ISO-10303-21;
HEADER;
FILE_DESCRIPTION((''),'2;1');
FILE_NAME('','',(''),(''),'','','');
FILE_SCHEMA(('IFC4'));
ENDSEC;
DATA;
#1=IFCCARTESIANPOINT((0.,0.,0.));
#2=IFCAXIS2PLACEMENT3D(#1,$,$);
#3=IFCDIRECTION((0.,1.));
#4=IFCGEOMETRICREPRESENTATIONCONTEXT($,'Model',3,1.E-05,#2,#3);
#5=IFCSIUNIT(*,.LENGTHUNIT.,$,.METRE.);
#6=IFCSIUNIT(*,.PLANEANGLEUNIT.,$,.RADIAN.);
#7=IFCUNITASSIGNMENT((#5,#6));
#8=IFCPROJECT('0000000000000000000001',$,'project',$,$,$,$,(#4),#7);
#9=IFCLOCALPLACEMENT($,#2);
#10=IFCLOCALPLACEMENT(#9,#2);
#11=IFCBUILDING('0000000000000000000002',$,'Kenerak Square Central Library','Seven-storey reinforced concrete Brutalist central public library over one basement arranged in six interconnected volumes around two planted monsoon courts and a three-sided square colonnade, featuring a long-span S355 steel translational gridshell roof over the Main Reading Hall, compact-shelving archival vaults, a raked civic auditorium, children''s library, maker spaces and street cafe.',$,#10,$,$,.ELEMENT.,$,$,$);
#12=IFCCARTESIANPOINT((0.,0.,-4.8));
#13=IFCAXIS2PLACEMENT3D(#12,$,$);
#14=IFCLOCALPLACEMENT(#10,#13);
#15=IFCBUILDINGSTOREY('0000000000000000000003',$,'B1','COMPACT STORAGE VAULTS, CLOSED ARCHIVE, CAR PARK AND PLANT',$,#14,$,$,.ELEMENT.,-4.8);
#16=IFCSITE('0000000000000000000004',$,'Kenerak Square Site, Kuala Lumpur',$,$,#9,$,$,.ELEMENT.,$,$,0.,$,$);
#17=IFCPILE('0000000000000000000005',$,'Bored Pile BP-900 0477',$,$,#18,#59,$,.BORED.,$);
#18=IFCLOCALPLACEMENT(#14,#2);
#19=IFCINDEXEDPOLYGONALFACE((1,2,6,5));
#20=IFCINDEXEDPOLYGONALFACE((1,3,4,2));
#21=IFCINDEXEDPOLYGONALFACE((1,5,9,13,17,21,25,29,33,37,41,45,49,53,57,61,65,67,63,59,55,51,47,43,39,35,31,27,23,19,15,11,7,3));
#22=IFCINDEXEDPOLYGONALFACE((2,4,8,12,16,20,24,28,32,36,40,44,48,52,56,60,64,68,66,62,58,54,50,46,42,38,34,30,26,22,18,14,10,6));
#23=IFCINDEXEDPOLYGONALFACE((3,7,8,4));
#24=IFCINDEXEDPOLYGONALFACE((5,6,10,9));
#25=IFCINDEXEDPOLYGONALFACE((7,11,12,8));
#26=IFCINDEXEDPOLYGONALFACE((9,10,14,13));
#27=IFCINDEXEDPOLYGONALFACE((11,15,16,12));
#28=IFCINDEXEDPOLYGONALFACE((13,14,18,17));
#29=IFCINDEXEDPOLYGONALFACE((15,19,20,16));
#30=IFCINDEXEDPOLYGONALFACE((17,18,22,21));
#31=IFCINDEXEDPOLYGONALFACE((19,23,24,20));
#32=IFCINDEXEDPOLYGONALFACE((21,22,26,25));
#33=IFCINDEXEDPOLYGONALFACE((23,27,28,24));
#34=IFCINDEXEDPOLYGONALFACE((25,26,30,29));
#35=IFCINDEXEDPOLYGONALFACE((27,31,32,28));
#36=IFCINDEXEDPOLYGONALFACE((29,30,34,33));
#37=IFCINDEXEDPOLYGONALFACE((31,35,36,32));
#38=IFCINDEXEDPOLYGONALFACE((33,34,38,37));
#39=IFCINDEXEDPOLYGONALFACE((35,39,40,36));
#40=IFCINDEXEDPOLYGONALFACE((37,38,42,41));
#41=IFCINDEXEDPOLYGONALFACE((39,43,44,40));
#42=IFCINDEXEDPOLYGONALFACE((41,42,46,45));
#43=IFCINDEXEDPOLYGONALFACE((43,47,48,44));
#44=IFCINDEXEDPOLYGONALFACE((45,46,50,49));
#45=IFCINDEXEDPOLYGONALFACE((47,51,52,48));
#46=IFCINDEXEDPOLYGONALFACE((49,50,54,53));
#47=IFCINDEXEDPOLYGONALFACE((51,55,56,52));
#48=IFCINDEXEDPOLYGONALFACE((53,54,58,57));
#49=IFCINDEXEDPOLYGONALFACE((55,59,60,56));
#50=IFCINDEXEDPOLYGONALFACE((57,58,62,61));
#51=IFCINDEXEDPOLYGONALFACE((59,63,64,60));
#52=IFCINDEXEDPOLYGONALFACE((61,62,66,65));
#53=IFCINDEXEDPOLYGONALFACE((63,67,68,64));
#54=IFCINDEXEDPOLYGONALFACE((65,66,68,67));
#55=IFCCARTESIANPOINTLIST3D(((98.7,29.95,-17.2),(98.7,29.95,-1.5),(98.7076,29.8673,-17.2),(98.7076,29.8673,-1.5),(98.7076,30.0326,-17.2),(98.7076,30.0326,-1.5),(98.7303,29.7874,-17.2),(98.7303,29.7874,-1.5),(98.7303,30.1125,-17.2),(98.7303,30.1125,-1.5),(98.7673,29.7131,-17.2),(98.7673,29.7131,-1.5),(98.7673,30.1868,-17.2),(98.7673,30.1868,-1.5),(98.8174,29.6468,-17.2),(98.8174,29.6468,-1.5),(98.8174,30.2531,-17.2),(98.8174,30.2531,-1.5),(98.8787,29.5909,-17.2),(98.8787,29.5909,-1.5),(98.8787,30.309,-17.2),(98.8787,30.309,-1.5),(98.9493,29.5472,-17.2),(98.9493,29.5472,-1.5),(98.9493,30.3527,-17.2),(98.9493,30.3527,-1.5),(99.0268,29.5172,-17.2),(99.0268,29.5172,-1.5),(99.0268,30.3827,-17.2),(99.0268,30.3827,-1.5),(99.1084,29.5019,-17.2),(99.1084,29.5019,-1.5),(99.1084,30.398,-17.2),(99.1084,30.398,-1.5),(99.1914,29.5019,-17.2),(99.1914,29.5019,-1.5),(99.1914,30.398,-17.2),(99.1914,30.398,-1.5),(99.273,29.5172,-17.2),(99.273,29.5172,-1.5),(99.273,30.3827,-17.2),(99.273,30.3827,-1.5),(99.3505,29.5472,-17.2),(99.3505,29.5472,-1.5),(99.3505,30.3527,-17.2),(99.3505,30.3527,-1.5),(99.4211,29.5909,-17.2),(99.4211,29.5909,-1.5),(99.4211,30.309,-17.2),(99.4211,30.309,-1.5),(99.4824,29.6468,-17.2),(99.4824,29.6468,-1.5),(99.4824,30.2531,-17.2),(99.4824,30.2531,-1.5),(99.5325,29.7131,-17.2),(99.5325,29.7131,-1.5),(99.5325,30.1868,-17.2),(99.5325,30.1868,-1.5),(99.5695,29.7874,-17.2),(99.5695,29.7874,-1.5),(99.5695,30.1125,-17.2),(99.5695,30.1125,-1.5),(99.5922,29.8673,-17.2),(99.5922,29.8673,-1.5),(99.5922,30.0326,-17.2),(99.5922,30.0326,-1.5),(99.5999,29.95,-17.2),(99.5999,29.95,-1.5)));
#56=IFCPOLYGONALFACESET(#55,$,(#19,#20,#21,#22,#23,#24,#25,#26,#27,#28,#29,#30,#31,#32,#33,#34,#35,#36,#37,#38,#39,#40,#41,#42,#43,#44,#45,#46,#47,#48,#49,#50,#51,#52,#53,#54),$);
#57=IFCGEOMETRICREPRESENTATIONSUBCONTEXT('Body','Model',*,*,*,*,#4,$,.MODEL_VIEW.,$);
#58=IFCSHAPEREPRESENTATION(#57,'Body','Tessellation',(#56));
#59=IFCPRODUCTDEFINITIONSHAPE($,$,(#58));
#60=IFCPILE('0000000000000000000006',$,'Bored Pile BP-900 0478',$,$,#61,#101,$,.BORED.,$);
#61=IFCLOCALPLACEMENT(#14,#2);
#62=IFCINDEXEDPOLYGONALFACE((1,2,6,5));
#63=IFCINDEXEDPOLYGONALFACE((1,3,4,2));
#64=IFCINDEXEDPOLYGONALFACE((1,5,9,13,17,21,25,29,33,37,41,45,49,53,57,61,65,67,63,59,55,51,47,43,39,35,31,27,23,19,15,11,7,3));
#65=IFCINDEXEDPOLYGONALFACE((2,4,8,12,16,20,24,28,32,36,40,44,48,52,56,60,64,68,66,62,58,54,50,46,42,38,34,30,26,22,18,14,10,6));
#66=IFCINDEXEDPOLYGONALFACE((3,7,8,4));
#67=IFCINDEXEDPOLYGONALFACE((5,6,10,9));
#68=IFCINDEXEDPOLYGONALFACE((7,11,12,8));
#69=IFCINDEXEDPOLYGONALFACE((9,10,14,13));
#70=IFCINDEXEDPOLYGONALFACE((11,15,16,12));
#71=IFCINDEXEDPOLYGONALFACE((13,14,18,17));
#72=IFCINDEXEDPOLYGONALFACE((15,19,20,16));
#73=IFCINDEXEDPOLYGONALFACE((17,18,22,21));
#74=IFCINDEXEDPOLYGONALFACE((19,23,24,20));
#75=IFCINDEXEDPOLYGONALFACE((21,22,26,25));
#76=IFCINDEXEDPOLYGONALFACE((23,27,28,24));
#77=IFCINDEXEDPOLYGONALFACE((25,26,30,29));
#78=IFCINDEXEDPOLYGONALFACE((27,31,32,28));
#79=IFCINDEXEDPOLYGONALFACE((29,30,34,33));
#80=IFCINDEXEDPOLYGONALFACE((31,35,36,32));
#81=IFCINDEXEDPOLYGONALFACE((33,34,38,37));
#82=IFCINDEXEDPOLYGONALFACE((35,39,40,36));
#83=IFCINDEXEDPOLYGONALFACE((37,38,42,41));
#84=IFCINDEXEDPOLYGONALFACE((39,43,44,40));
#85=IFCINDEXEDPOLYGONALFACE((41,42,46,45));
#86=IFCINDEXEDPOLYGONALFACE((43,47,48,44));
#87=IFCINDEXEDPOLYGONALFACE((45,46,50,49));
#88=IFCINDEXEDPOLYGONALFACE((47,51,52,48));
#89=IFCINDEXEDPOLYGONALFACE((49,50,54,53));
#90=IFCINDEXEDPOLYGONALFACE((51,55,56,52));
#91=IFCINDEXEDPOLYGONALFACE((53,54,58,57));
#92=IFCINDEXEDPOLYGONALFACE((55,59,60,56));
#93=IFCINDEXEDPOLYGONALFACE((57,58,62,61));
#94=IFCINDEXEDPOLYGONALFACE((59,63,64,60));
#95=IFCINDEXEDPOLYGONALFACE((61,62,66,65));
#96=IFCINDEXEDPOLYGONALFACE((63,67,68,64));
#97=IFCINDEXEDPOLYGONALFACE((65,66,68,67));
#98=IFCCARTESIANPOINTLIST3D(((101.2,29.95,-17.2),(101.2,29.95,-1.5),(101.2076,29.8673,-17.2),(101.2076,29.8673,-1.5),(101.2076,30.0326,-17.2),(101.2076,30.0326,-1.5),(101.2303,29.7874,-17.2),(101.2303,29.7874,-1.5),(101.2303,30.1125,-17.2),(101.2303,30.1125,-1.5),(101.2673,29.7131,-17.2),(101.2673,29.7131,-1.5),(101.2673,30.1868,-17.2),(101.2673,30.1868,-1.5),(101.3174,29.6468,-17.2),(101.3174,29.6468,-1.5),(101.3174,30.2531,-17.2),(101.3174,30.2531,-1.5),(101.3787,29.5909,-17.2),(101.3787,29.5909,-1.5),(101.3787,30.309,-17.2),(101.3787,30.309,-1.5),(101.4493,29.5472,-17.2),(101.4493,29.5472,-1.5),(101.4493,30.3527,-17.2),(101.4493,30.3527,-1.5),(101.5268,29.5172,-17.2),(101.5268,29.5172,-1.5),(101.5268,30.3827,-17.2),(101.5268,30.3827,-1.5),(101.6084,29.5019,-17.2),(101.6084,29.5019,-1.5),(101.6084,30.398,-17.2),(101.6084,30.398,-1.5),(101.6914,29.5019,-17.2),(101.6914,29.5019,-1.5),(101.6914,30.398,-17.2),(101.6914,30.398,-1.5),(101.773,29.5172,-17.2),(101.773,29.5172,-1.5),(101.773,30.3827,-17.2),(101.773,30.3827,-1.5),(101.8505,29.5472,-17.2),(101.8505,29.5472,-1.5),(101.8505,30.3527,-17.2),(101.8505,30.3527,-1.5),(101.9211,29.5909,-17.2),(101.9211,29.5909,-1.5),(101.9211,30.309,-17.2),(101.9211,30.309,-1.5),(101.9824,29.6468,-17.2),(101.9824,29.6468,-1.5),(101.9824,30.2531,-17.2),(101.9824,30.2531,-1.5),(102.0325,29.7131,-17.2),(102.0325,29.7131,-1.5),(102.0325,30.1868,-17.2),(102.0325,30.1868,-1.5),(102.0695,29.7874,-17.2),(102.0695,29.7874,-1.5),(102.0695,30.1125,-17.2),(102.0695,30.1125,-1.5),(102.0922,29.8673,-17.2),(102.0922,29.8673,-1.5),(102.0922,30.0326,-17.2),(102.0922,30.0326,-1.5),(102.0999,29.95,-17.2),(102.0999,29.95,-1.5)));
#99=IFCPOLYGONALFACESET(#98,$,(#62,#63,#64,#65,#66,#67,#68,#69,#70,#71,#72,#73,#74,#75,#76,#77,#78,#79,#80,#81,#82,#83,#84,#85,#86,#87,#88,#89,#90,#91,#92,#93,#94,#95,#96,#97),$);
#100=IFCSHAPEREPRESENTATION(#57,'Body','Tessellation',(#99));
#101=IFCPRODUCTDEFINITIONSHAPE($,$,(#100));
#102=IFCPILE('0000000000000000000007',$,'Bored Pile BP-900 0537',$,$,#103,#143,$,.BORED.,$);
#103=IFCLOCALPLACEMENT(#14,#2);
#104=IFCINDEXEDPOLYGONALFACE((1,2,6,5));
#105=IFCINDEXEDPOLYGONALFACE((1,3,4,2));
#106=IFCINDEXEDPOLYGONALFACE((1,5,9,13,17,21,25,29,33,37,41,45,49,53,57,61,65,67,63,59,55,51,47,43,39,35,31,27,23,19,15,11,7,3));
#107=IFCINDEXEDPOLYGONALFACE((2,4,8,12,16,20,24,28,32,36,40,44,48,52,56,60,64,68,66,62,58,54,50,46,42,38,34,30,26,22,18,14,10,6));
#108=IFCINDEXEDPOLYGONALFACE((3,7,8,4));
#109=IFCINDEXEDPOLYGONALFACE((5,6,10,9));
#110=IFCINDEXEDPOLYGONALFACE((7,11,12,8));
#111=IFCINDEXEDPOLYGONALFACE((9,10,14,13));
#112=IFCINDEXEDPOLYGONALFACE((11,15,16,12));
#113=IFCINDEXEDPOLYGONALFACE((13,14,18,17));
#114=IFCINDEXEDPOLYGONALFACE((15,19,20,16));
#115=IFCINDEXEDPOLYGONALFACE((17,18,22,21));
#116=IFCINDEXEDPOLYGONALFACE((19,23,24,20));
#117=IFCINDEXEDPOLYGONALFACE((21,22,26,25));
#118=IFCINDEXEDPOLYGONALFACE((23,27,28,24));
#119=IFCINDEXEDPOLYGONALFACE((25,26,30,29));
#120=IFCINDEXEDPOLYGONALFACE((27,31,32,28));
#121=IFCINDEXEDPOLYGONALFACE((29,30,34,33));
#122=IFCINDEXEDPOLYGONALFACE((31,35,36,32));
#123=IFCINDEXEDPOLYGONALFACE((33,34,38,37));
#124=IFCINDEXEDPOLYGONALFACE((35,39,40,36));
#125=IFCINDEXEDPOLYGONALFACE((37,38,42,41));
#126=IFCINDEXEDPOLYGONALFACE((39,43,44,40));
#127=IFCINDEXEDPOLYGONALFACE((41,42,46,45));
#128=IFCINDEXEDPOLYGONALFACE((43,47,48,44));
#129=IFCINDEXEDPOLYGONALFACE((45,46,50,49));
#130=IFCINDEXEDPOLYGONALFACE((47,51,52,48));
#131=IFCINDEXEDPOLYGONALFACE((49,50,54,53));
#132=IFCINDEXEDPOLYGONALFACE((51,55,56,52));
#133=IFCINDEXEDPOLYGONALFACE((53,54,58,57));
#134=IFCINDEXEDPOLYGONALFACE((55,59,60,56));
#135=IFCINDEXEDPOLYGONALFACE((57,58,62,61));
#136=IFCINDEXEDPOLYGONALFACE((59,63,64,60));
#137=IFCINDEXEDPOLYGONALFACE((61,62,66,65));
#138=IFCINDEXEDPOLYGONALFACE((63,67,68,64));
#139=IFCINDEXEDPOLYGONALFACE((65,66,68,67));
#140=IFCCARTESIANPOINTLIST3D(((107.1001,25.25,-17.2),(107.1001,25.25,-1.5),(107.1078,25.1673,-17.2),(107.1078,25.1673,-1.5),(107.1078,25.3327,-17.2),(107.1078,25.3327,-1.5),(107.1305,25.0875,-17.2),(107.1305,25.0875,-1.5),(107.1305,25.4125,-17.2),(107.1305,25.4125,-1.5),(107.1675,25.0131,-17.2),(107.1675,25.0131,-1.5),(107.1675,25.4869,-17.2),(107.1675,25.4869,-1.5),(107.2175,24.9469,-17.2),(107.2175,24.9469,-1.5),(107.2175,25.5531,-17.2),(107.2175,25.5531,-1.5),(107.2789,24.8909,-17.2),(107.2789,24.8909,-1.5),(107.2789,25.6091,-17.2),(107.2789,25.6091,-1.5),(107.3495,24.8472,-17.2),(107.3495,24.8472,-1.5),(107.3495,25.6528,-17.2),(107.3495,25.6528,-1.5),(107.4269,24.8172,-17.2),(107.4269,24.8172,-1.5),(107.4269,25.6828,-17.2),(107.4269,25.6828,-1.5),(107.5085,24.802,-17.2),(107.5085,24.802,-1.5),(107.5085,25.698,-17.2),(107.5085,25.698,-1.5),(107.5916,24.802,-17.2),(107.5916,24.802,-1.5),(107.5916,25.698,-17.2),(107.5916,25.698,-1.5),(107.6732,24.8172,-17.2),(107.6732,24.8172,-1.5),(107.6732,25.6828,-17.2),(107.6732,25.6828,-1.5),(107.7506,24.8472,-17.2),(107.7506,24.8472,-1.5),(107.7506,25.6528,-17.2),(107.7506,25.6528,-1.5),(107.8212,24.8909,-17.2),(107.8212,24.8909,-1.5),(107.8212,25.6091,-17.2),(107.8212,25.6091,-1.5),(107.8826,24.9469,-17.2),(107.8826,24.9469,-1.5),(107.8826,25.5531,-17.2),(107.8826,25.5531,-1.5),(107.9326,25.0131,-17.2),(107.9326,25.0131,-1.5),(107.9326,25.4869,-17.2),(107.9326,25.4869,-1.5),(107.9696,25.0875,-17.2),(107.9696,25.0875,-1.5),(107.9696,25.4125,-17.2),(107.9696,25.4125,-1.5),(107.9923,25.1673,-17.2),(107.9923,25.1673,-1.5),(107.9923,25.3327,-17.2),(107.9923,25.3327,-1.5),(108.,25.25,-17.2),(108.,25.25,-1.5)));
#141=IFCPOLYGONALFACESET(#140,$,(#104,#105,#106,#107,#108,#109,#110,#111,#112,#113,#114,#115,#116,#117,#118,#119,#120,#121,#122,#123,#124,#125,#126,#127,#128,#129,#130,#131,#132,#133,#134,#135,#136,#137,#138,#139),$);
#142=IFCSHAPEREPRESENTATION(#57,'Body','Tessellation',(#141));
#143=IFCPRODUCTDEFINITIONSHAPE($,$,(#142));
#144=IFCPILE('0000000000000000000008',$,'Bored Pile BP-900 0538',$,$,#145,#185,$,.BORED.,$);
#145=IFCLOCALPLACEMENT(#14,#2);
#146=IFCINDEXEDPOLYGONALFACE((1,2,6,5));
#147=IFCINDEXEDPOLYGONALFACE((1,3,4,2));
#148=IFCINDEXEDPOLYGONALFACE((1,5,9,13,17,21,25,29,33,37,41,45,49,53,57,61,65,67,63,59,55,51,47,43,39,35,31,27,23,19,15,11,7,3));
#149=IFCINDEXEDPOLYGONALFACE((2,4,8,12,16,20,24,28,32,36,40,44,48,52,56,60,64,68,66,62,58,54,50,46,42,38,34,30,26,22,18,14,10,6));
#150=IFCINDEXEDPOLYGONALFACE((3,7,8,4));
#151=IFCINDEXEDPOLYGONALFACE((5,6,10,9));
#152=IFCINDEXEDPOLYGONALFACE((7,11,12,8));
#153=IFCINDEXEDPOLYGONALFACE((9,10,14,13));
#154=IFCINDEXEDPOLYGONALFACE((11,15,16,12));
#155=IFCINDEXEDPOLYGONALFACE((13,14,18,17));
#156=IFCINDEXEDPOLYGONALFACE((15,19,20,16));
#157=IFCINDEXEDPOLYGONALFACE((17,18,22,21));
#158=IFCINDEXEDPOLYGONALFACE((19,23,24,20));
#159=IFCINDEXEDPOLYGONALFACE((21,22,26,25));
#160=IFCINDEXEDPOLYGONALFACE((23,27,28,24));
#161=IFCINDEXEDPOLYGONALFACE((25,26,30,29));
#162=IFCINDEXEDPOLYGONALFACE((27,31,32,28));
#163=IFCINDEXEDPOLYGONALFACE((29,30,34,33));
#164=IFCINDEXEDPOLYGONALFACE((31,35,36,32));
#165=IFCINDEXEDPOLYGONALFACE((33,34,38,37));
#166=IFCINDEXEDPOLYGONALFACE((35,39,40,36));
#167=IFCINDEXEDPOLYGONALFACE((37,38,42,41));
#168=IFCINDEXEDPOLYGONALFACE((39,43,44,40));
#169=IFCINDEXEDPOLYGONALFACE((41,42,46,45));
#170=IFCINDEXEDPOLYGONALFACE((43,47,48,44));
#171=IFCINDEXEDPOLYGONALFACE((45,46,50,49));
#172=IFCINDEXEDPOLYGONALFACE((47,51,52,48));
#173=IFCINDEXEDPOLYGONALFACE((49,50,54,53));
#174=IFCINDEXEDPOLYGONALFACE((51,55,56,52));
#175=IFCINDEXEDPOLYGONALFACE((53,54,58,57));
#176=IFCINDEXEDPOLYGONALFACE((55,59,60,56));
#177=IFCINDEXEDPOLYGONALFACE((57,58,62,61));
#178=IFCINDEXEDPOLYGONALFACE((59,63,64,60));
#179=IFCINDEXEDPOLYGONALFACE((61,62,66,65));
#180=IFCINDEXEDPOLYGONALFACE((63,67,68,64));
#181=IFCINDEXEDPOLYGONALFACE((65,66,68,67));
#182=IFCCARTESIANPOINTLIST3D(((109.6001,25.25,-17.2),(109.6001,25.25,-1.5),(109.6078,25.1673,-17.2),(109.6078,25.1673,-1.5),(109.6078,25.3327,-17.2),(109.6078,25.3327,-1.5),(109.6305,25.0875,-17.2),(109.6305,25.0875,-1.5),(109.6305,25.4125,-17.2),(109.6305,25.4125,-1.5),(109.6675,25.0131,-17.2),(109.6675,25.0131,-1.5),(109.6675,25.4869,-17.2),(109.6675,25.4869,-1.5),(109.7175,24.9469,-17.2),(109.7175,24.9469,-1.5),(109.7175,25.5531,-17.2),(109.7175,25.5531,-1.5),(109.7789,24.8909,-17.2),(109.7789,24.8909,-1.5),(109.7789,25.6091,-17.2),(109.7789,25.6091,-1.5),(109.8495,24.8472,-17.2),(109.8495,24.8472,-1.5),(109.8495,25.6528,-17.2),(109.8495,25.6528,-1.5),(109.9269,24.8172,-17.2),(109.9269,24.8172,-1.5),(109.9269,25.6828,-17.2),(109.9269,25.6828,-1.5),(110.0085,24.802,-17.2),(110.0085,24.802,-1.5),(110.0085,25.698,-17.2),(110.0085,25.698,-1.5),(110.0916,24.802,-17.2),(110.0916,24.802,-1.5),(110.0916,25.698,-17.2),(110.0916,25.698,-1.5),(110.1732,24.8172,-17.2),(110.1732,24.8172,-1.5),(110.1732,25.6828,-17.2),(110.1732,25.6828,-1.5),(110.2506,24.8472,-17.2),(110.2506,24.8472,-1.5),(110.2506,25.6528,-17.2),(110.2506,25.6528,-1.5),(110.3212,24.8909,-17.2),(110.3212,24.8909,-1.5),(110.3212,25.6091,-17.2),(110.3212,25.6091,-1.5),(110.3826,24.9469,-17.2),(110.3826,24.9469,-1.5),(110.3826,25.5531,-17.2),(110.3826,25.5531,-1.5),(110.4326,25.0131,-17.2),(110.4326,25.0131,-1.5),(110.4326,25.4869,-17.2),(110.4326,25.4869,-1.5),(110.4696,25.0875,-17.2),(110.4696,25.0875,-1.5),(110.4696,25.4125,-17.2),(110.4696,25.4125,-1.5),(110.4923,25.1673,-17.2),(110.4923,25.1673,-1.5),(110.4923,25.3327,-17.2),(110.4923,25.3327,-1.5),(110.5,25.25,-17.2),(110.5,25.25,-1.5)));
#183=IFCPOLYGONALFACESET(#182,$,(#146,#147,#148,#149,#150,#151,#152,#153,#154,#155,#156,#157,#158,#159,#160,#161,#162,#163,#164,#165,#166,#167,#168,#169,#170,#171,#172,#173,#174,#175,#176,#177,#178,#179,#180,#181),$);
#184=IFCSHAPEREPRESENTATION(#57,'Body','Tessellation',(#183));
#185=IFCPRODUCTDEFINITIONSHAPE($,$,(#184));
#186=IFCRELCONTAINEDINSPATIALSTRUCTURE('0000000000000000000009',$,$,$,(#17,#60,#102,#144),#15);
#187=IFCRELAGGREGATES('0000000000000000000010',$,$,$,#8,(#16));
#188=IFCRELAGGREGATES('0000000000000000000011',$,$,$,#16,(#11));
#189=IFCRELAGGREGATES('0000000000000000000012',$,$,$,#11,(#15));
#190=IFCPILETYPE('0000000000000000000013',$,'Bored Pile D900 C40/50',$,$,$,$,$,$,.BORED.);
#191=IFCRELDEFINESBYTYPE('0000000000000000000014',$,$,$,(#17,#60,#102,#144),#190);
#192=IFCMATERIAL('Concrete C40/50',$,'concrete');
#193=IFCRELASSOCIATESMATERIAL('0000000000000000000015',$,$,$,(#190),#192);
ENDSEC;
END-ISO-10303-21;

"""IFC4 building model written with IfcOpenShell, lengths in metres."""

from ifc_helpers import new_model, si_unit, direction, frame, origin, origin_2d, place, context, subcontext, project, spatial, circle, extrude, material, material_profile, profile_set, type_object, element, save


model = new_model("IFC4")

# Units and contexts
model_context = context("Model", 3, precision=1e-05, world=origin(), true_north=direction((0.0, 1.0)))
body_context = subcontext(model_context, "Body", "Model", "MODEL_VIEW")
ifc_project = project(units=[si_unit("LENGTHUNIT", "METRE"), si_unit("PLANEANGLEUNIT", "RADIAN")], contexts=[model_context])

# Site, building, storey
site_placement = place(None, origin())
site = spatial("IfcSite", under=ifc_project, at=site_placement, Name="Kenerak Square Site, Kuala Lumpur", CompositionType="ELEMENT", RefElevation=0.0)
building_placement = place(site_placement, origin())
building = spatial("IfcBuilding", under=site, at=building_placement, Name="Kenerak Square Central Library", Description="Seven-storey reinforced concrete Brutalist central public library over one basement arranged in six interconnected volumes around two planted monsoon courts and a three-sided square colonnade, featuring a long-span S355 steel translational gridshell roof over the Main Reading Hall, compact-shelving archival vaults, a raked civic auditorium, children's library, maker spaces and street cafe.", CompositionType="ELEMENT")
storey_placement = place(building_placement, frame((0.0, 0.0, -4.8)))
storey = spatial("IfcBuildingStorey", under=building, at=storey_placement, Name="B1", Description="COMPACT STORAGE VAULTS, CLOSED ARCHIVE, CAR PARK AND PLANT", CompositionType="ELEMENT", Elevation=-4.8)

# Piles
ifc_material_1 = material(Name="Concrete C40/50", Category="concrete")
ifc_material_profile_1 = material_profile(ifc_material_1, circle(Radius=0.45, at=origin_2d()), Name="BP D900")
ifc_profile_set_1 = profile_set([ifc_material_profile_1], Name="Concrete C40/50")
pile_type = type_object("IfcPileType", Name="Bored Pile D900 C40/50", PredefinedType="BORED", material=ifc_profile_set_1)
for number, where, z_axis, x_axis, name in (
    (1, (99.1499, 29.95, -1.5), (0.0, 0.0, -1.0), (1.0, 0.0, 0.0), "Bored Pile BP-900 0477"),
    (2, (101.6499, 29.95, -1.5), (0.0, 0.0, -1.0), (1.0, 0.0, 0.0), "Bored Pile BP-900 0478"),
    (3, (107.55, 25.25, -1.5), (0.0, 0.0, -1.0), (1.0, 0.0, 0.0), "Bored Pile BP-900 0537"),
    (4, (110.05, 25.25, -1.5), (0.0, 0.0, -1.0), (1.0, 0.0, 0.0), "Bored Pile BP-900 0538"),
):
    element("IfcPile", number, at=place(storey_placement, frame(where, z_axis=z_axis, x_axis=x_axis)), inside=storey, type_object=pile_type, Name=name, PredefinedType="BORED", context=body_context, shape_type="SweptSolid", body=[
        extrude(circle(Radius=0.45, at=origin_2d()), origin(), (0.0, 0.0, 1.0), 15.7),
    ])

save(model, "model.ifc")
